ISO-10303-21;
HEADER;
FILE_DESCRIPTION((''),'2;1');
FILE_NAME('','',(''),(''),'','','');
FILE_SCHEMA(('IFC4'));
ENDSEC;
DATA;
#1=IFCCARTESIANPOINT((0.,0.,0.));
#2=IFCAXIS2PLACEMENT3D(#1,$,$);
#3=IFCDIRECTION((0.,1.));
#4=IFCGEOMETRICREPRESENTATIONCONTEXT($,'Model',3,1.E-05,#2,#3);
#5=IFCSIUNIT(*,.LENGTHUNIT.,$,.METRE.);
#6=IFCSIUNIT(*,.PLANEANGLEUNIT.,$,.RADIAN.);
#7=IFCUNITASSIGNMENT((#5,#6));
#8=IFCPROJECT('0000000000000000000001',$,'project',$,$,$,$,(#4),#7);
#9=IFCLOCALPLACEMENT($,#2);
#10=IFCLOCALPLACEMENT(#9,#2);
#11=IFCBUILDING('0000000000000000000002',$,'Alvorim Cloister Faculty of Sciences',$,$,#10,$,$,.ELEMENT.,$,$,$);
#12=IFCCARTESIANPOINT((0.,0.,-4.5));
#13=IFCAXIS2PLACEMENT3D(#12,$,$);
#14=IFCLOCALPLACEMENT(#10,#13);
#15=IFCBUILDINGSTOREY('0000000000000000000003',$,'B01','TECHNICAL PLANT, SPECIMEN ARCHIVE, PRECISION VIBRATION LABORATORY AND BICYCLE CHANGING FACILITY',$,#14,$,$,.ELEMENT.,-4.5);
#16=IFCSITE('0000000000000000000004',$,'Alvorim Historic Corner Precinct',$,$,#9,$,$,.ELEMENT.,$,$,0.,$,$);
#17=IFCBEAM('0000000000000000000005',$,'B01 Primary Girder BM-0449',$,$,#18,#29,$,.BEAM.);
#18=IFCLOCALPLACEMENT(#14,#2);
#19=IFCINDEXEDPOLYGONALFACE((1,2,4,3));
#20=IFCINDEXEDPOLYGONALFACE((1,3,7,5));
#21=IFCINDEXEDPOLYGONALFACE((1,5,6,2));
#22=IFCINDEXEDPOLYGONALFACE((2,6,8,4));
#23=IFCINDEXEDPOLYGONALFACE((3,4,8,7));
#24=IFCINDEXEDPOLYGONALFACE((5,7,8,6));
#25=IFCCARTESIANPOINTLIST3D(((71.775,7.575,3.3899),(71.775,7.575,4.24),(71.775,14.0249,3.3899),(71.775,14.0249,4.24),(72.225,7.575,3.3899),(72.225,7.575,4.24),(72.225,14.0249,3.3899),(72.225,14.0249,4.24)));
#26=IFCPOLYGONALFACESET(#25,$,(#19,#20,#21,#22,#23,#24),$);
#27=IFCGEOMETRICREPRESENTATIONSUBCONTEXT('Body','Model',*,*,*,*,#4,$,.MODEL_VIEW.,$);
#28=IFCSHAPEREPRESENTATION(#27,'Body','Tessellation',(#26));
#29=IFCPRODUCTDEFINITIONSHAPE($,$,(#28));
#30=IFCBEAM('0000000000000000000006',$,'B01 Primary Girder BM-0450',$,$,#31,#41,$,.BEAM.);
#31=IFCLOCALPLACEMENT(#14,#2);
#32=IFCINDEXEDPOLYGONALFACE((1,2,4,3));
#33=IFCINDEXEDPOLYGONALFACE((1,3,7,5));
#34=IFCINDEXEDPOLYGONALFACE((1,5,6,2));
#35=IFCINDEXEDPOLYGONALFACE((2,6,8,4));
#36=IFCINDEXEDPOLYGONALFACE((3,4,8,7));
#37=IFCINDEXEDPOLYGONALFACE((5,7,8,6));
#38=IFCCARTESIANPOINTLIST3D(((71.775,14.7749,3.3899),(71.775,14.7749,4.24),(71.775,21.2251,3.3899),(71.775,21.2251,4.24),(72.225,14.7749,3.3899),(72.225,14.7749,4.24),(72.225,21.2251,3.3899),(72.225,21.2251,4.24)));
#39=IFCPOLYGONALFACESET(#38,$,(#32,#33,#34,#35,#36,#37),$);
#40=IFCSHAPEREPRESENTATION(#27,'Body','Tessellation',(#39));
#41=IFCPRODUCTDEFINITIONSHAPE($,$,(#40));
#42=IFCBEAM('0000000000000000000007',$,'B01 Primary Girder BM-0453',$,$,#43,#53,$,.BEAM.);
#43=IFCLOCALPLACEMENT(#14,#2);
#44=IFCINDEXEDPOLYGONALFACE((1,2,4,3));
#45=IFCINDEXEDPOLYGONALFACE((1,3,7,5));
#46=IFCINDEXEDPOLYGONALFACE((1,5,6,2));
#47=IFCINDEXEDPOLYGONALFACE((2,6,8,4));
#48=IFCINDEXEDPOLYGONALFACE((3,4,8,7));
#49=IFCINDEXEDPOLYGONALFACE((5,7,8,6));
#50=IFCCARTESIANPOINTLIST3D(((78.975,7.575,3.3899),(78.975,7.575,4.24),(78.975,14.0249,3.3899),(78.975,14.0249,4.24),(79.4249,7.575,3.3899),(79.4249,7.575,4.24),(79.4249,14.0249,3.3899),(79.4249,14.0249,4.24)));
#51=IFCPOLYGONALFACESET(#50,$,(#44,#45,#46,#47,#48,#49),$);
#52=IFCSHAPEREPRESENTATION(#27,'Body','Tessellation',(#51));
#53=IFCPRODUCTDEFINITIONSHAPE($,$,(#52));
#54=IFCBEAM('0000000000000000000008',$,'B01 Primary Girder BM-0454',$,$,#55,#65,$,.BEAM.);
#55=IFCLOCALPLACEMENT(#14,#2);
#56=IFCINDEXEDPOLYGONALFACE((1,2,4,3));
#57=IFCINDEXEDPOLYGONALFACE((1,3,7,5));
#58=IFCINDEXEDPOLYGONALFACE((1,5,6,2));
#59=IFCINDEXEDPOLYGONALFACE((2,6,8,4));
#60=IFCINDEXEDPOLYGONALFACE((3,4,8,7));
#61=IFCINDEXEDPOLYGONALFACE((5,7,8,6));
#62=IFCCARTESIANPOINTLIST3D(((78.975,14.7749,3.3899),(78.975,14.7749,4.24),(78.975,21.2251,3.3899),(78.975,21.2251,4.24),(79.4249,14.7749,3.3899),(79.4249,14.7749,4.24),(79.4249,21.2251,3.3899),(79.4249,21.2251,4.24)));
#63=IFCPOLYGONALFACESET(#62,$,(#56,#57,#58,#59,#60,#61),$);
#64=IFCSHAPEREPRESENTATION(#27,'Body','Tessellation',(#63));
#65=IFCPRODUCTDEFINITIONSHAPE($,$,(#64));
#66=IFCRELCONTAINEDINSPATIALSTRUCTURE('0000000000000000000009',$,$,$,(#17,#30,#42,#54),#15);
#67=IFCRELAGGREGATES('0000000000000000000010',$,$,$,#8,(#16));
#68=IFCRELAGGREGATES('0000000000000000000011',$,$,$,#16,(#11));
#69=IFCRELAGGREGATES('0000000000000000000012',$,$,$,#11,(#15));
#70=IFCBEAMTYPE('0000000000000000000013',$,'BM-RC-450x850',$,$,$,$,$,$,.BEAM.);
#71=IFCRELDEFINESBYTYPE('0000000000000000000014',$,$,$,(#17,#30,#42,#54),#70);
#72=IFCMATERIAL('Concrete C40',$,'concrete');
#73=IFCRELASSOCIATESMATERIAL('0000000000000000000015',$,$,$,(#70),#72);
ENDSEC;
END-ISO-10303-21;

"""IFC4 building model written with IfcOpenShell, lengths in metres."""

from ifc_helpers import new_model, si_unit, direction, frame, origin, origin_2d, place, context, subcontext, project, spatial, rectangle, extrude, material, material_profile, profile_set, type_object, element, save


model = new_model("IFC4")

# Units and contexts
model_context = context("Model", 3, precision=1e-05, world=origin(), true_north=direction((0.0, 1.0)))
body_context = subcontext(model_context, "Body", "Model", "MODEL_VIEW")
ifc_project = project(units=[si_unit("LENGTHUNIT", "METRE"), si_unit("PLANEANGLEUNIT", "RADIAN")], contexts=[model_context])

# Site, building, storey
site_placement = place(None, origin())
site = spatial("IfcSite", under=ifc_project, at=site_placement, Name="Alvorim Historic Corner Precinct", CompositionType="ELEMENT", RefElevation=0.0)
building_placement = place(site_placement, origin())
building = spatial("IfcBuilding", under=site, at=building_placement, Name="Alvorim Cloister Faculty of Sciences", CompositionType="ELEMENT")
storey_placement = place(building_placement, frame((0.0, 0.0, -4.5)))
storey = spatial("IfcBuildingStorey", under=building, at=storey_placement, Name="B01", Description="TECHNICAL PLANT, SPECIMEN ARCHIVE, PRECISION VIBRATION LABORATORY AND BICYCLE CHANGING FACILITY", CompositionType="ELEMENT", Elevation=-4.5)

# Shared definitions
ifc_material_1 = material(Name="Concrete C40", Category="concrete")

# Beams
ifc_material_profile_1 = material_profile(ifc_material_1, rectangle(XDim=0.45, YDim=0.8501, at=origin_2d()), Name="RC40-BM-450x850")
ifc_profile_set_1 = profile_set([ifc_material_profile_1], Name="Concrete C40")
beam_type_1 = type_object("IfcBeamType", Name="BM-RC-450x850", PredefinedType="BEAM", material=ifc_profile_set_1)
for number, where, z_axis, x_axis, name in (
    (1, (72.0, 7.575, 3.8149), (0.0, 1.0, 0.0), (-1.0, 0.0, 0.0), "B01 Primary Girder BM-0449"),
):
    element("IfcBeam", number, at=place(storey_placement, frame(where, z_axis=z_axis, x_axis=x_axis)), inside=storey, type_object=beam_type_1, Name=name, PredefinedType="BEAM", context=body_context, shape_type="SweptSolid", body=[
        extrude(rectangle(XDim=0.45, YDim=0.8501, at=origin_2d()), origin(), (0.0, 0.0, 1.0), 6.45),
    ])
beam_1_placement = place(storey_placement, frame((72.0, 14.7749, 3.8149), z_axis=(0.0, 1.0, 0.0), x_axis=(-1.0, 0.0, 0.0)))
element("IfcBeam", 2, at=beam_1_placement, inside=storey, type_object=beam_type_1, Name="B01 Primary Girder BM-0450", PredefinedType="BEAM", context=body_context, shape_type="SweptSolid", body=[
    extrude(rectangle(XDim=0.45, YDim=0.8501, at=origin_2d()), origin(), (0.0, 0.0, 1.0), 6.4502),
])
beam_2_placement = place(storey_placement, frame((79.2, 7.575, 3.8149), z_axis=(0.0, 1.0, 0.0), x_axis=(-1.0, 0.0, 0.0)))
element("IfcBeam", 3, at=beam_2_placement, inside=storey, type_object=beam_type_1, Name="B01 Primary Girder BM-0453", PredefinedType="BEAM", context=body_context, shape_type="SweptSolid", body=[
    extrude(rectangle(XDim=0.45, YDim=0.8501, at=origin_2d()), origin(), (0.0, 0.0, 1.0), 6.45),
])
beam_3_placement = place(storey_placement, frame((79.2, 14.7749, 3.8149), z_axis=(0.0, 1.0, 0.0), x_axis=(-1.0, 0.0, 0.0)))
element("IfcBeam", 4, at=beam_3_placement, inside=storey, type_object=beam_type_1, Name="B01 Primary Girder BM-0454", PredefinedType="BEAM", context=body_context, shape_type="SweptSolid", body=[
    extrude(rectangle(XDim=0.45, YDim=0.8501, at=origin_2d()), origin(), (0.0, 0.0, 1.0), 6.4502),
])

save(model, "model.ifc")
